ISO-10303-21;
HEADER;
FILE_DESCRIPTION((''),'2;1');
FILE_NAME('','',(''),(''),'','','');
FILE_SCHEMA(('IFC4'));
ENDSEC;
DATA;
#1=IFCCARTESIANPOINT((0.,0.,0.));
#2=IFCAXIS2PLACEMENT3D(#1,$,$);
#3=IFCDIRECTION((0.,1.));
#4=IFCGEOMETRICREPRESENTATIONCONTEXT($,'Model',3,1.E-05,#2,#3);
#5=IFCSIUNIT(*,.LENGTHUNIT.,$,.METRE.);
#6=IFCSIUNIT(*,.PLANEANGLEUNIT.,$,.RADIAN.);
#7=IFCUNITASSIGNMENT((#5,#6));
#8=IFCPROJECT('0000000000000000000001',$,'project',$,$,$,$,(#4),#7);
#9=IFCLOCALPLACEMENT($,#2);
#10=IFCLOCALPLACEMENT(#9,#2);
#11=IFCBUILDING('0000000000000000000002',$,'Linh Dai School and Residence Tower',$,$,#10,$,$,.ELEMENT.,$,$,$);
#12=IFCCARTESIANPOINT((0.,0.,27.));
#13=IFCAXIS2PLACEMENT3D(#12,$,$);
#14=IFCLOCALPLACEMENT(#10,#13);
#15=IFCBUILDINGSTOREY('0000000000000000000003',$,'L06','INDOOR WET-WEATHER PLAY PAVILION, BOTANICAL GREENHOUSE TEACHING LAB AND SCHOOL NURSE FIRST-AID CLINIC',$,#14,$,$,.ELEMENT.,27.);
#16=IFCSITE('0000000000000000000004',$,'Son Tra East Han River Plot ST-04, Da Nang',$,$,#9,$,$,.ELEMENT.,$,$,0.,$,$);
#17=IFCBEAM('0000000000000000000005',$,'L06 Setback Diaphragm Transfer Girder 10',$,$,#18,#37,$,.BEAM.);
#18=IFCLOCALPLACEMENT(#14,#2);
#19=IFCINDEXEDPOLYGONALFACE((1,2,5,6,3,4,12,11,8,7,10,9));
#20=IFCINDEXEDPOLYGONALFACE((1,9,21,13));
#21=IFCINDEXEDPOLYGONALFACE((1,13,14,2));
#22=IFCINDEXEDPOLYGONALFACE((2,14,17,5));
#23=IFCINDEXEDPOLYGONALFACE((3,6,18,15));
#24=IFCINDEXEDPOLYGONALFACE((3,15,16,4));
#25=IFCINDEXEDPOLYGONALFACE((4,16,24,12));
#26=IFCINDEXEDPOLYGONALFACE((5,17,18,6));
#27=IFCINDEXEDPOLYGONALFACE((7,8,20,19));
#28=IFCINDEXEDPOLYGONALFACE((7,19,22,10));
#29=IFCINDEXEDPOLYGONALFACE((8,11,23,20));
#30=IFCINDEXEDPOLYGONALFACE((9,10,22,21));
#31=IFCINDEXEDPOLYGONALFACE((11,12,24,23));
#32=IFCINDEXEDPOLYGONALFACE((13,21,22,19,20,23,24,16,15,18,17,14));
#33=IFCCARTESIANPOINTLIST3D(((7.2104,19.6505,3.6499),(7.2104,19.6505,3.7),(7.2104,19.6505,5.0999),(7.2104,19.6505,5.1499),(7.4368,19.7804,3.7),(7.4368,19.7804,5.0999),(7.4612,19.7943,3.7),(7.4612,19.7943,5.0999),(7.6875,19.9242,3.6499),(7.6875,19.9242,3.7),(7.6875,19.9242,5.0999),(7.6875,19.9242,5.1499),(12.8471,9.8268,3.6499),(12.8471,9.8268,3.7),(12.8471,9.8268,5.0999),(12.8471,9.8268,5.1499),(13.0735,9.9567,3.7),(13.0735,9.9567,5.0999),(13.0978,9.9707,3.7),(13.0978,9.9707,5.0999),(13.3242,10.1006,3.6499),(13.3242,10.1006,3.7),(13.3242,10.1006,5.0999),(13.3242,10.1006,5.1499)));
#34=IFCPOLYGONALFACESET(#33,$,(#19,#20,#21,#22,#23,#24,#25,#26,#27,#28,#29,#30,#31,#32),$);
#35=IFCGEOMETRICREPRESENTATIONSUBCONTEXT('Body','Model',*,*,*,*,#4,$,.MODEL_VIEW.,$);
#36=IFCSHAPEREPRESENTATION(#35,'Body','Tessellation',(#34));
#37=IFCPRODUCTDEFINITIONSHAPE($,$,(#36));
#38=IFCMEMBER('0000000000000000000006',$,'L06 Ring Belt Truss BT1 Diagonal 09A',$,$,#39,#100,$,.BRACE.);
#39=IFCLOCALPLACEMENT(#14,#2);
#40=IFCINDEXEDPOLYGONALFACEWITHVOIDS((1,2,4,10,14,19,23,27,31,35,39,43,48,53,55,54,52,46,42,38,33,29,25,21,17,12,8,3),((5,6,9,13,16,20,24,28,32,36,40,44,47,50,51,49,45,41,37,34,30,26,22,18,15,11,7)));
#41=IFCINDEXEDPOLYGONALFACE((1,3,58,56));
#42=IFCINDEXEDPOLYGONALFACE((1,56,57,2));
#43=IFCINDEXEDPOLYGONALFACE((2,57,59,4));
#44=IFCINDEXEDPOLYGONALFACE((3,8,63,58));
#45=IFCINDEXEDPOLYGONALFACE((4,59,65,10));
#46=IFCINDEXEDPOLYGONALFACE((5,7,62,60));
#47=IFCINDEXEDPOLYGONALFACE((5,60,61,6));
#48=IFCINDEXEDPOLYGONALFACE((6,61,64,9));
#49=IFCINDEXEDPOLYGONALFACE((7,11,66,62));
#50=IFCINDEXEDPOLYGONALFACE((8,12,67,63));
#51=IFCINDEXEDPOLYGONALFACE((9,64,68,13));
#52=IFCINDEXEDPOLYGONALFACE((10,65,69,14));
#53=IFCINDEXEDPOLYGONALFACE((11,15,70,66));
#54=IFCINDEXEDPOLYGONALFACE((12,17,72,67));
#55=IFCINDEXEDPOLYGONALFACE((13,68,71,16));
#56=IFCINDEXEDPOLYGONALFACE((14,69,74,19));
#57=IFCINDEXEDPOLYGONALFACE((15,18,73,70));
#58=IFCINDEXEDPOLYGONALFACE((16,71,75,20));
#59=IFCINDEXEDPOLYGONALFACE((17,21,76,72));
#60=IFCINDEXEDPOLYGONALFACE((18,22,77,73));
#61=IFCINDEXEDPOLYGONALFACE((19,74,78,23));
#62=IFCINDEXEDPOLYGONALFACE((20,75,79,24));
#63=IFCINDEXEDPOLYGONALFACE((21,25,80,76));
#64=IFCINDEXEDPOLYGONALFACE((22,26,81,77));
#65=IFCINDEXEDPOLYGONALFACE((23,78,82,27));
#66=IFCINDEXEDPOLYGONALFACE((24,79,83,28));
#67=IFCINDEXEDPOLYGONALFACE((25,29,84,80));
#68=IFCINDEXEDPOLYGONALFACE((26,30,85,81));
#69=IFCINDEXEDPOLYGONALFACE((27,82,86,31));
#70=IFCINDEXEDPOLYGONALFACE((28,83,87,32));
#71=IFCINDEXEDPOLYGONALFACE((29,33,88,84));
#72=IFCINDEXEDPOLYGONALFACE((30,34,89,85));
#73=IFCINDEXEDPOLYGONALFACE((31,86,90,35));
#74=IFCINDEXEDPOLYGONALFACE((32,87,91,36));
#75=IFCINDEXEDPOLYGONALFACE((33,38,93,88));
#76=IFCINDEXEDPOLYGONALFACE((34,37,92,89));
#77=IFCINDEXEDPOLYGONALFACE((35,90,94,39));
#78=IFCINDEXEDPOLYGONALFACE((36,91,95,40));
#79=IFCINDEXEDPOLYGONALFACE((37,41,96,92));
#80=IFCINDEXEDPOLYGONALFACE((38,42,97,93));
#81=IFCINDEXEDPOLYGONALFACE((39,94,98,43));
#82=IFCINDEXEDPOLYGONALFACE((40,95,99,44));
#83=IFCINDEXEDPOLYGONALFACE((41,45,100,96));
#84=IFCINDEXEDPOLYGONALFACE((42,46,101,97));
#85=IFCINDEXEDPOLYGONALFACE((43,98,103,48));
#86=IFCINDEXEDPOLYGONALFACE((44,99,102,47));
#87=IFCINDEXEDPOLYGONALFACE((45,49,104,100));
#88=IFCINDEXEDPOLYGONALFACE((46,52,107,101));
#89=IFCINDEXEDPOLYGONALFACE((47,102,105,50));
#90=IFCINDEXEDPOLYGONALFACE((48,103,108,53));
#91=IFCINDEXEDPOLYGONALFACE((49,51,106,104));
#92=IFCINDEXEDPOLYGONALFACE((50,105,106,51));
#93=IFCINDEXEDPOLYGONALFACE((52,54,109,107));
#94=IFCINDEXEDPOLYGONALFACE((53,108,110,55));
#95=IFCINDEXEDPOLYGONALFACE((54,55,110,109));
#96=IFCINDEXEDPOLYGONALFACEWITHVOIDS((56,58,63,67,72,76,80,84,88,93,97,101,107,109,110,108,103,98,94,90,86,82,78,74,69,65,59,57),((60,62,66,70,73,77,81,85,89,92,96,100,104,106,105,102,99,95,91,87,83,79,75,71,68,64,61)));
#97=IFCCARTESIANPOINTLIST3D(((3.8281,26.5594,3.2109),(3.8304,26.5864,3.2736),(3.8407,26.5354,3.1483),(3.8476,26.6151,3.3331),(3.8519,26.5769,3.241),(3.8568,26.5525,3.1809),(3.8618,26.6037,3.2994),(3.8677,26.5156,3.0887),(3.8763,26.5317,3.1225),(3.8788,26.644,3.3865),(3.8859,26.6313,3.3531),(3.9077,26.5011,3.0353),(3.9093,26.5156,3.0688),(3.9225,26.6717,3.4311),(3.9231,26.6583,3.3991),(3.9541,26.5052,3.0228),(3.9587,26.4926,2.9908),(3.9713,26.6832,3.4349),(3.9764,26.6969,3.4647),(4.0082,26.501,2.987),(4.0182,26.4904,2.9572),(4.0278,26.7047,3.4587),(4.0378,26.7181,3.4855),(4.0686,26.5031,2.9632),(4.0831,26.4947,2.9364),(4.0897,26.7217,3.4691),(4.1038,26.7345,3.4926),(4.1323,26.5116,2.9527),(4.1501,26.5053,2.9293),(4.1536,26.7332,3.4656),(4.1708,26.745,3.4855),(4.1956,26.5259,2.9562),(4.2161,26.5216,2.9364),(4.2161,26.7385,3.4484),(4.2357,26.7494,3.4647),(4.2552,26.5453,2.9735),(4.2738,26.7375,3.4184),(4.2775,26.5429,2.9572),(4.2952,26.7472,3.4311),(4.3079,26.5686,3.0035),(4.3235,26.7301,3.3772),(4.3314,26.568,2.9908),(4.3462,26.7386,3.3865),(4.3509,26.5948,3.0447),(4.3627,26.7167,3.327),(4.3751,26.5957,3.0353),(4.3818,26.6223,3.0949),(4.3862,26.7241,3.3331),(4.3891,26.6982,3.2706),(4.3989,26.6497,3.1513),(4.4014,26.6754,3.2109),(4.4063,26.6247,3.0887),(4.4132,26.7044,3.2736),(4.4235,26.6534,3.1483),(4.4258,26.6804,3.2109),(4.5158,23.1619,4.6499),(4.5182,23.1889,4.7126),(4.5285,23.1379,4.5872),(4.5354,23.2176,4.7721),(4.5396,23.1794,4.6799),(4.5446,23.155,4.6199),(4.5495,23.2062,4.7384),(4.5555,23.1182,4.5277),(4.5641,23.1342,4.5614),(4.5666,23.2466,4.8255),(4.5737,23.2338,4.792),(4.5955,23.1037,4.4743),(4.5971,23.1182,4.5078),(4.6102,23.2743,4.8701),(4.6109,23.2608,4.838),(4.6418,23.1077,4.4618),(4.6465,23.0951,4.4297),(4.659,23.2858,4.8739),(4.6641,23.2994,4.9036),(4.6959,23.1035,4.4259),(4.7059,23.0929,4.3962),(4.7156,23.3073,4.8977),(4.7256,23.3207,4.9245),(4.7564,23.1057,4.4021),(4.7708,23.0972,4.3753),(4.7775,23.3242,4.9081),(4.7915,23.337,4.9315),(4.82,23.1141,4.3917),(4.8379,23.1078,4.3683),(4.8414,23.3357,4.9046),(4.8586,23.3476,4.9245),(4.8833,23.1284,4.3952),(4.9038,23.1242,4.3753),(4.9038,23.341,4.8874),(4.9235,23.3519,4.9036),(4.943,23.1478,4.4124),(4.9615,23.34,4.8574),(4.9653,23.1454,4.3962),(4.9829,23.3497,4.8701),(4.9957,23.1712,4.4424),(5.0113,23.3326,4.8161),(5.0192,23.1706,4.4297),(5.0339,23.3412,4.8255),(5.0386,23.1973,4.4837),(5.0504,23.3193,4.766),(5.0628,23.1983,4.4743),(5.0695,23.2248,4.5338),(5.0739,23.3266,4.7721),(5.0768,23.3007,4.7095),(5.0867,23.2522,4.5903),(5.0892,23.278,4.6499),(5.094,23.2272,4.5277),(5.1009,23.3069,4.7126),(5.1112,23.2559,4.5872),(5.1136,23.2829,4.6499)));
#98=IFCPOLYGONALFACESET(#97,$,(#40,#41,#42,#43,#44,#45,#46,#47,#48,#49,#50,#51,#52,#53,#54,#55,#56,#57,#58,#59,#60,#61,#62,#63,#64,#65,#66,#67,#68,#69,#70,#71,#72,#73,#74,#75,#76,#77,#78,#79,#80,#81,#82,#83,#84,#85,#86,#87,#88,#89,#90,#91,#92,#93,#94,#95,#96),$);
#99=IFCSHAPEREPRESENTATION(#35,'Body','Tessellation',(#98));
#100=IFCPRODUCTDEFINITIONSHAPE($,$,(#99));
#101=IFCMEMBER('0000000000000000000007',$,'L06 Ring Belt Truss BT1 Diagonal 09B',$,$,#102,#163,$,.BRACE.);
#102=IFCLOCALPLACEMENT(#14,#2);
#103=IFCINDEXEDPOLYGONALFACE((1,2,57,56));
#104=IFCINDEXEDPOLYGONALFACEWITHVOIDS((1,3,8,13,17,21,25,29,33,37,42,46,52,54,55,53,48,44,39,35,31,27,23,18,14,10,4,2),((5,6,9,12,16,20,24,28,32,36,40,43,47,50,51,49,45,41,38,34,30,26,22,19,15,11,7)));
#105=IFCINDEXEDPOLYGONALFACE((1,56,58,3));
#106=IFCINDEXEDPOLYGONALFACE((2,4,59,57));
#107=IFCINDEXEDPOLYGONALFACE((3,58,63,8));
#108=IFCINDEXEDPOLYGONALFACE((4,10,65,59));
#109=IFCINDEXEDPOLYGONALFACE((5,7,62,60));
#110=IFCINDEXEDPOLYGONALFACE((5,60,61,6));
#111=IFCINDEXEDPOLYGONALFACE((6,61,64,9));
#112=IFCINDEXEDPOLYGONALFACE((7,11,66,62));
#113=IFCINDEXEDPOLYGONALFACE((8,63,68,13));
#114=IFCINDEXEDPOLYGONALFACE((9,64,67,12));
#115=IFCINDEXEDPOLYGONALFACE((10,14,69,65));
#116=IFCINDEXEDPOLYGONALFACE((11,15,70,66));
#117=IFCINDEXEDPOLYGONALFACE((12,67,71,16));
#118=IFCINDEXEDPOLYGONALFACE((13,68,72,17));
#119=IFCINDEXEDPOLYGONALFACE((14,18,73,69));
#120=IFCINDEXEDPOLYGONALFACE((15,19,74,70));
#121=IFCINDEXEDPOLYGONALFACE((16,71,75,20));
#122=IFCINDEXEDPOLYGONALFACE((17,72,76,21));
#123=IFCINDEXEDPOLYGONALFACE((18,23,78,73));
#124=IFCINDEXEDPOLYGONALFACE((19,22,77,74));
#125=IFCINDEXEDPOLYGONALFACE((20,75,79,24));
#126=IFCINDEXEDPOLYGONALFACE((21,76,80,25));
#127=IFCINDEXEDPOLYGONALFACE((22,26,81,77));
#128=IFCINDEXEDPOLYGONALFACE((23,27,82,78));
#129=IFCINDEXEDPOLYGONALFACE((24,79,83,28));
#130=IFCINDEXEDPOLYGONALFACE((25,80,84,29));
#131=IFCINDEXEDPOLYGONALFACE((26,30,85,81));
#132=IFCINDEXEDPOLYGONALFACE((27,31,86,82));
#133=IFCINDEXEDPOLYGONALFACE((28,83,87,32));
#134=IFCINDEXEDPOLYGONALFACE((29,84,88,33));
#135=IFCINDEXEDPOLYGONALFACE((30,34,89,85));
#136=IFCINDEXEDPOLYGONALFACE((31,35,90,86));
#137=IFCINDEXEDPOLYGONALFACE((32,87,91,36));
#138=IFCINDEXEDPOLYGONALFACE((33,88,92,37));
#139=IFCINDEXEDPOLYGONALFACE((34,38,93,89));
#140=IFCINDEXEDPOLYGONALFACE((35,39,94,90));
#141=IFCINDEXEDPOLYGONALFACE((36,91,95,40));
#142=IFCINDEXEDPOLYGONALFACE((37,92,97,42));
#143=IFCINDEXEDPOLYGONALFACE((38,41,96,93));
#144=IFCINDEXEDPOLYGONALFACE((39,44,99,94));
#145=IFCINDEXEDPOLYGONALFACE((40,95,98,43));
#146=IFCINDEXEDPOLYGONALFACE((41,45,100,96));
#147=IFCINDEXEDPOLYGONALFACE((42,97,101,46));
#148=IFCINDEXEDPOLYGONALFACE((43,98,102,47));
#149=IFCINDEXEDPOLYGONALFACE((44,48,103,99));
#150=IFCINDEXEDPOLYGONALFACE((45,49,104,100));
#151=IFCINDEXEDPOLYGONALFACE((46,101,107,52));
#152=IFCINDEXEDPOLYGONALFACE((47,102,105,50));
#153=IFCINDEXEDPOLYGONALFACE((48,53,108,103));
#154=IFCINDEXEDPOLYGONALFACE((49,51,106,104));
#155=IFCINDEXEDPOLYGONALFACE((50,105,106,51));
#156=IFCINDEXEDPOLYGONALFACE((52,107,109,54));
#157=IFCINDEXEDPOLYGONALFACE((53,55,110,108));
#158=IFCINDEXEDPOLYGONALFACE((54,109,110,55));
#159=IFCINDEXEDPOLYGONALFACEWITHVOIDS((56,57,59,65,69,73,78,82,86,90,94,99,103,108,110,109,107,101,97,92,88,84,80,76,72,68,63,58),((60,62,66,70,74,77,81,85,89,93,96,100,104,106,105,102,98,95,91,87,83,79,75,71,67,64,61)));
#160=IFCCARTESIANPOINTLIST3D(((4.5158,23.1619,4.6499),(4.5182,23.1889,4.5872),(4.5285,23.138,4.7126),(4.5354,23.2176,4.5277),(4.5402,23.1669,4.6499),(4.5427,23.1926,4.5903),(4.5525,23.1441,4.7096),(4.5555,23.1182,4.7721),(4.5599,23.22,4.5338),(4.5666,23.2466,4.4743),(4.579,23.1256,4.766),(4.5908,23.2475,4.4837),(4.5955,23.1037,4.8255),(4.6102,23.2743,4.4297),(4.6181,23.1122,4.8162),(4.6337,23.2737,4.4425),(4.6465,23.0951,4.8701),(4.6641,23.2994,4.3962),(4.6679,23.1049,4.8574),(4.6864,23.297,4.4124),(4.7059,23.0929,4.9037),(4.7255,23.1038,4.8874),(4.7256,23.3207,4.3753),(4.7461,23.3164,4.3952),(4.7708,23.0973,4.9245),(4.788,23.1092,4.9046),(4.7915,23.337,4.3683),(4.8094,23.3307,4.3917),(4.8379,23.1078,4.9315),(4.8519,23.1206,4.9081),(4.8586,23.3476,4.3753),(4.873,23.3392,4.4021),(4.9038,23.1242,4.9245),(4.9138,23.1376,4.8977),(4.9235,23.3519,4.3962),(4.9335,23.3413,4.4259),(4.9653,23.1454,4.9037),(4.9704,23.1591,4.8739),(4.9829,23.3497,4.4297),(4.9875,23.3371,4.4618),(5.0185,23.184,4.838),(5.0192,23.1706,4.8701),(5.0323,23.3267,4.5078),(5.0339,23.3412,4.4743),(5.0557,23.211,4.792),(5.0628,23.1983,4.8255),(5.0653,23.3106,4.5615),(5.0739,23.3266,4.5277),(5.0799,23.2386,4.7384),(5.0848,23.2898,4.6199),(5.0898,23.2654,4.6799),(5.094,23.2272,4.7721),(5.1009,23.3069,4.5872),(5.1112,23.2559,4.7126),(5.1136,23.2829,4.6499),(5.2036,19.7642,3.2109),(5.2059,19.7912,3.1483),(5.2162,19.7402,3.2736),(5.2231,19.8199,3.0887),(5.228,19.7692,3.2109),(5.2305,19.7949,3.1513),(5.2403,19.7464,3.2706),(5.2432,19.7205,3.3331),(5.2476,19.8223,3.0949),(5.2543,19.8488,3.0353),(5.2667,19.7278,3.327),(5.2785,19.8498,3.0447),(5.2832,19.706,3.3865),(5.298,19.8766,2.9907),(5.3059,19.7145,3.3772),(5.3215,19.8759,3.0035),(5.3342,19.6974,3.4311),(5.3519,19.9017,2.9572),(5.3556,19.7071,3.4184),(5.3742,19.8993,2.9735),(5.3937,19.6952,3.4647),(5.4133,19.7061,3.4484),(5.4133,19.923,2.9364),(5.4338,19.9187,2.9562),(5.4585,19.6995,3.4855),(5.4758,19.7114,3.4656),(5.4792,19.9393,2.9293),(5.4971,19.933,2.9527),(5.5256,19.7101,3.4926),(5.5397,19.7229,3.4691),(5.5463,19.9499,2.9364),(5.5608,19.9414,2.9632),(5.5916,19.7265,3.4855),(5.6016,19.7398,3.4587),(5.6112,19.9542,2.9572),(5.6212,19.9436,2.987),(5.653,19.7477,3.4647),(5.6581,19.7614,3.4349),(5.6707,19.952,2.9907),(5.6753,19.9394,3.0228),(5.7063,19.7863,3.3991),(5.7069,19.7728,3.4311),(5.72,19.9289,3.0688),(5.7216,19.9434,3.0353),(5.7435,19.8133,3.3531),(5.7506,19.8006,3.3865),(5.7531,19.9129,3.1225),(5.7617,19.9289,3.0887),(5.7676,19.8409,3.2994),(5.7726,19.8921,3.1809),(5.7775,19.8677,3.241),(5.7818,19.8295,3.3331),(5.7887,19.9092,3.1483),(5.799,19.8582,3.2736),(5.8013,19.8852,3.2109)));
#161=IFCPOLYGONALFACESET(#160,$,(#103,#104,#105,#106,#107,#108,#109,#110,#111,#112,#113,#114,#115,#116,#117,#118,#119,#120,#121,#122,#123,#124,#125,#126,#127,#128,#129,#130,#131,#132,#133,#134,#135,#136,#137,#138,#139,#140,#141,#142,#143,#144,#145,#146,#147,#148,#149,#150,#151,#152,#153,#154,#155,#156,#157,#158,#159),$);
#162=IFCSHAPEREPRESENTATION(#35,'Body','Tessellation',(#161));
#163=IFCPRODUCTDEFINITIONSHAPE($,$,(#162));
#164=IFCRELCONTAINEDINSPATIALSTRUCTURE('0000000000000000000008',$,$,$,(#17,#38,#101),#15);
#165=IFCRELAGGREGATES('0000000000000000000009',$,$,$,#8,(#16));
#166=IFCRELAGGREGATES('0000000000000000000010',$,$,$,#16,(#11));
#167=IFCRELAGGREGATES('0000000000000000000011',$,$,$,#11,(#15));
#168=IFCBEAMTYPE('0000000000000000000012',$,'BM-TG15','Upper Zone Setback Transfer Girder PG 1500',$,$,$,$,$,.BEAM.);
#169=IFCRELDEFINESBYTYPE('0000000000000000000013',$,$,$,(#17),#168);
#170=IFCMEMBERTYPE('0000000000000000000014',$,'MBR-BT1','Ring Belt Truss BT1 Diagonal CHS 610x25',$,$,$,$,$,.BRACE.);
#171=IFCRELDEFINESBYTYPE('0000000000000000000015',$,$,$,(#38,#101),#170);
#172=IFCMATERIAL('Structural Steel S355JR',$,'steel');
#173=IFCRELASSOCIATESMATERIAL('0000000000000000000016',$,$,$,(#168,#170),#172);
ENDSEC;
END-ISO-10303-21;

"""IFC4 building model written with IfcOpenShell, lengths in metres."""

from ifc_helpers import new_model, si_unit, direction, frame, origin, origin_2d, place, context, subcontext, project, spatial, hollow_circle, i_section, extrude, material, material_profile, profile_set, type_object, element, save


model = new_model("IFC4")

# Units and contexts
model_context = context("Model", 3, precision=1e-05, world=origin(), true_north=direction((0.0, 1.0)))
body_context = subcontext(model_context, "Body", "Model", "MODEL_VIEW")
ifc_project = project(units=[si_unit("LENGTHUNIT", "METRE"), si_unit("PLANEANGLEUNIT", "RADIAN")], contexts=[model_context])

# Site, building, storey
site_placement = place(None, origin())
site = spatial("IfcSite", under=ifc_project, at=site_placement, Name="Son Tra East Han River Plot ST-04, Da Nang", CompositionType="ELEMENT", RefElevation=0.0)
building_placement = place(site_placement, origin())
building = spatial("IfcBuilding", under=site, at=building_placement, Name="Linh Dai School and Residence Tower", CompositionType="ELEMENT")
storey_placement = place(building_placement, frame((0.0, 0.0, 27.0)))
storey = spatial("IfcBuildingStorey", under=building, at=storey_placement, Name="L06", Description="INDOOR WET-WEATHER PLAY PAVILION, BOTANICAL GREENHOUSE TEACHING LAB AND SCHOOL NURSE FIRST-AID CLINIC", CompositionType="ELEMENT", Elevation=27.0)

# Shared definitions
ifc_material_1 = material(Name="Structural Steel S355JR", Category="steel")

# Beam
ifc_material_profile_1 = material_profile(ifc_material_1, i_section(OverallWidth=0.55, OverallDepth=1.5, WebThickness=0.0281, FlangeThickness=0.05, at=origin_2d()), Name="PG 1500x550x28x50")
ifc_profile_set_1 = profile_set([ifc_material_profile_1], Name="Structural Steel S355JR")
beam_type_1 = type_object("IfcBeamType", Name="BM-TG15", Description="Upper Zone Setback Transfer Girder PG 1500", PredefinedType="BEAM", material=ifc_profile_set_1)
beam_1_placement = place(storey_placement, frame((7.449, 19.7874, 4.3999), z_axis=(0.49768, -0.867361, 0.0), x_axis=(0.867361, 0.49768, 0.0)))
element("IfcBeam", 1, at=beam_1_placement, inside=storey, type_object=beam_type_1, Name="L06 Setback Diaphragm Transfer Girder 10", PredefinedType="BEAM", context=body_context, shape_type="SweptSolid", body=[
    extrude(i_section(OverallWidth=0.55, OverallDepth=1.5, WebThickness=0.0281, FlangeThickness=0.05, at=origin_2d()), origin(), (0.0, 0.0, 1.0), 11.3259),
])

# Members
ifc_material_profile_2 = material_profile(ifc_material_1, hollow_circle(Radius=0.3049, WallThickness=0.0249, at=origin_2d()), Name="CHS 610x25")
ifc_profile_set_2 = profile_set([ifc_material_profile_2], Name="Structural Steel S355JR")
member_type_1 = type_object("IfcMemberType", Name="MBR-BT1", Description="Ring Belt Truss BT1 Diagonal CHS 610x25", PredefinedType="BRACE", material=ifc_profile_set_2)
member_1_placement = place(storey_placement, frame((4.127, 26.6199, 3.2109), z_axis=(0.183243, -0.905222, 0.383399), x_axis=(0.98012, 0.198405, 0.0)))
element("IfcMember", 2, at=member_1_placement, inside=storey, type_object=member_type_1, Name="L06 Ring Belt Truss BT1 Diagonal 09A", PredefinedType="BRACE", context=body_context, shape_type="SweptSolid", body=[
    extrude(hollow_circle(Radius=0.3049, WallThickness=0.0249, at=origin_2d()), origin(), (0.0, 0.0, 1.0), 3.7532),
])
member_2_placement = place(storey_placement, frame((5.5024, 19.8247, 3.2109), z_axis=(-0.183232, 0.905234, 0.383376), x_axis=(-0.980123, -0.198391, 0.0)))
element("IfcMember", 3, at=member_2_placement, inside=storey, type_object=member_type_1, Name="L06 Ring Belt Truss BT1 Diagonal 09B", PredefinedType="BRACE", context=body_context, shape_type="SweptSolid", body=[
    extrude(hollow_circle(Radius=0.3049, WallThickness=0.0249, at=origin_2d()), origin(), (0.0, 0.0, 1.0), 3.7534),
])

save(model, "model.ifc")
